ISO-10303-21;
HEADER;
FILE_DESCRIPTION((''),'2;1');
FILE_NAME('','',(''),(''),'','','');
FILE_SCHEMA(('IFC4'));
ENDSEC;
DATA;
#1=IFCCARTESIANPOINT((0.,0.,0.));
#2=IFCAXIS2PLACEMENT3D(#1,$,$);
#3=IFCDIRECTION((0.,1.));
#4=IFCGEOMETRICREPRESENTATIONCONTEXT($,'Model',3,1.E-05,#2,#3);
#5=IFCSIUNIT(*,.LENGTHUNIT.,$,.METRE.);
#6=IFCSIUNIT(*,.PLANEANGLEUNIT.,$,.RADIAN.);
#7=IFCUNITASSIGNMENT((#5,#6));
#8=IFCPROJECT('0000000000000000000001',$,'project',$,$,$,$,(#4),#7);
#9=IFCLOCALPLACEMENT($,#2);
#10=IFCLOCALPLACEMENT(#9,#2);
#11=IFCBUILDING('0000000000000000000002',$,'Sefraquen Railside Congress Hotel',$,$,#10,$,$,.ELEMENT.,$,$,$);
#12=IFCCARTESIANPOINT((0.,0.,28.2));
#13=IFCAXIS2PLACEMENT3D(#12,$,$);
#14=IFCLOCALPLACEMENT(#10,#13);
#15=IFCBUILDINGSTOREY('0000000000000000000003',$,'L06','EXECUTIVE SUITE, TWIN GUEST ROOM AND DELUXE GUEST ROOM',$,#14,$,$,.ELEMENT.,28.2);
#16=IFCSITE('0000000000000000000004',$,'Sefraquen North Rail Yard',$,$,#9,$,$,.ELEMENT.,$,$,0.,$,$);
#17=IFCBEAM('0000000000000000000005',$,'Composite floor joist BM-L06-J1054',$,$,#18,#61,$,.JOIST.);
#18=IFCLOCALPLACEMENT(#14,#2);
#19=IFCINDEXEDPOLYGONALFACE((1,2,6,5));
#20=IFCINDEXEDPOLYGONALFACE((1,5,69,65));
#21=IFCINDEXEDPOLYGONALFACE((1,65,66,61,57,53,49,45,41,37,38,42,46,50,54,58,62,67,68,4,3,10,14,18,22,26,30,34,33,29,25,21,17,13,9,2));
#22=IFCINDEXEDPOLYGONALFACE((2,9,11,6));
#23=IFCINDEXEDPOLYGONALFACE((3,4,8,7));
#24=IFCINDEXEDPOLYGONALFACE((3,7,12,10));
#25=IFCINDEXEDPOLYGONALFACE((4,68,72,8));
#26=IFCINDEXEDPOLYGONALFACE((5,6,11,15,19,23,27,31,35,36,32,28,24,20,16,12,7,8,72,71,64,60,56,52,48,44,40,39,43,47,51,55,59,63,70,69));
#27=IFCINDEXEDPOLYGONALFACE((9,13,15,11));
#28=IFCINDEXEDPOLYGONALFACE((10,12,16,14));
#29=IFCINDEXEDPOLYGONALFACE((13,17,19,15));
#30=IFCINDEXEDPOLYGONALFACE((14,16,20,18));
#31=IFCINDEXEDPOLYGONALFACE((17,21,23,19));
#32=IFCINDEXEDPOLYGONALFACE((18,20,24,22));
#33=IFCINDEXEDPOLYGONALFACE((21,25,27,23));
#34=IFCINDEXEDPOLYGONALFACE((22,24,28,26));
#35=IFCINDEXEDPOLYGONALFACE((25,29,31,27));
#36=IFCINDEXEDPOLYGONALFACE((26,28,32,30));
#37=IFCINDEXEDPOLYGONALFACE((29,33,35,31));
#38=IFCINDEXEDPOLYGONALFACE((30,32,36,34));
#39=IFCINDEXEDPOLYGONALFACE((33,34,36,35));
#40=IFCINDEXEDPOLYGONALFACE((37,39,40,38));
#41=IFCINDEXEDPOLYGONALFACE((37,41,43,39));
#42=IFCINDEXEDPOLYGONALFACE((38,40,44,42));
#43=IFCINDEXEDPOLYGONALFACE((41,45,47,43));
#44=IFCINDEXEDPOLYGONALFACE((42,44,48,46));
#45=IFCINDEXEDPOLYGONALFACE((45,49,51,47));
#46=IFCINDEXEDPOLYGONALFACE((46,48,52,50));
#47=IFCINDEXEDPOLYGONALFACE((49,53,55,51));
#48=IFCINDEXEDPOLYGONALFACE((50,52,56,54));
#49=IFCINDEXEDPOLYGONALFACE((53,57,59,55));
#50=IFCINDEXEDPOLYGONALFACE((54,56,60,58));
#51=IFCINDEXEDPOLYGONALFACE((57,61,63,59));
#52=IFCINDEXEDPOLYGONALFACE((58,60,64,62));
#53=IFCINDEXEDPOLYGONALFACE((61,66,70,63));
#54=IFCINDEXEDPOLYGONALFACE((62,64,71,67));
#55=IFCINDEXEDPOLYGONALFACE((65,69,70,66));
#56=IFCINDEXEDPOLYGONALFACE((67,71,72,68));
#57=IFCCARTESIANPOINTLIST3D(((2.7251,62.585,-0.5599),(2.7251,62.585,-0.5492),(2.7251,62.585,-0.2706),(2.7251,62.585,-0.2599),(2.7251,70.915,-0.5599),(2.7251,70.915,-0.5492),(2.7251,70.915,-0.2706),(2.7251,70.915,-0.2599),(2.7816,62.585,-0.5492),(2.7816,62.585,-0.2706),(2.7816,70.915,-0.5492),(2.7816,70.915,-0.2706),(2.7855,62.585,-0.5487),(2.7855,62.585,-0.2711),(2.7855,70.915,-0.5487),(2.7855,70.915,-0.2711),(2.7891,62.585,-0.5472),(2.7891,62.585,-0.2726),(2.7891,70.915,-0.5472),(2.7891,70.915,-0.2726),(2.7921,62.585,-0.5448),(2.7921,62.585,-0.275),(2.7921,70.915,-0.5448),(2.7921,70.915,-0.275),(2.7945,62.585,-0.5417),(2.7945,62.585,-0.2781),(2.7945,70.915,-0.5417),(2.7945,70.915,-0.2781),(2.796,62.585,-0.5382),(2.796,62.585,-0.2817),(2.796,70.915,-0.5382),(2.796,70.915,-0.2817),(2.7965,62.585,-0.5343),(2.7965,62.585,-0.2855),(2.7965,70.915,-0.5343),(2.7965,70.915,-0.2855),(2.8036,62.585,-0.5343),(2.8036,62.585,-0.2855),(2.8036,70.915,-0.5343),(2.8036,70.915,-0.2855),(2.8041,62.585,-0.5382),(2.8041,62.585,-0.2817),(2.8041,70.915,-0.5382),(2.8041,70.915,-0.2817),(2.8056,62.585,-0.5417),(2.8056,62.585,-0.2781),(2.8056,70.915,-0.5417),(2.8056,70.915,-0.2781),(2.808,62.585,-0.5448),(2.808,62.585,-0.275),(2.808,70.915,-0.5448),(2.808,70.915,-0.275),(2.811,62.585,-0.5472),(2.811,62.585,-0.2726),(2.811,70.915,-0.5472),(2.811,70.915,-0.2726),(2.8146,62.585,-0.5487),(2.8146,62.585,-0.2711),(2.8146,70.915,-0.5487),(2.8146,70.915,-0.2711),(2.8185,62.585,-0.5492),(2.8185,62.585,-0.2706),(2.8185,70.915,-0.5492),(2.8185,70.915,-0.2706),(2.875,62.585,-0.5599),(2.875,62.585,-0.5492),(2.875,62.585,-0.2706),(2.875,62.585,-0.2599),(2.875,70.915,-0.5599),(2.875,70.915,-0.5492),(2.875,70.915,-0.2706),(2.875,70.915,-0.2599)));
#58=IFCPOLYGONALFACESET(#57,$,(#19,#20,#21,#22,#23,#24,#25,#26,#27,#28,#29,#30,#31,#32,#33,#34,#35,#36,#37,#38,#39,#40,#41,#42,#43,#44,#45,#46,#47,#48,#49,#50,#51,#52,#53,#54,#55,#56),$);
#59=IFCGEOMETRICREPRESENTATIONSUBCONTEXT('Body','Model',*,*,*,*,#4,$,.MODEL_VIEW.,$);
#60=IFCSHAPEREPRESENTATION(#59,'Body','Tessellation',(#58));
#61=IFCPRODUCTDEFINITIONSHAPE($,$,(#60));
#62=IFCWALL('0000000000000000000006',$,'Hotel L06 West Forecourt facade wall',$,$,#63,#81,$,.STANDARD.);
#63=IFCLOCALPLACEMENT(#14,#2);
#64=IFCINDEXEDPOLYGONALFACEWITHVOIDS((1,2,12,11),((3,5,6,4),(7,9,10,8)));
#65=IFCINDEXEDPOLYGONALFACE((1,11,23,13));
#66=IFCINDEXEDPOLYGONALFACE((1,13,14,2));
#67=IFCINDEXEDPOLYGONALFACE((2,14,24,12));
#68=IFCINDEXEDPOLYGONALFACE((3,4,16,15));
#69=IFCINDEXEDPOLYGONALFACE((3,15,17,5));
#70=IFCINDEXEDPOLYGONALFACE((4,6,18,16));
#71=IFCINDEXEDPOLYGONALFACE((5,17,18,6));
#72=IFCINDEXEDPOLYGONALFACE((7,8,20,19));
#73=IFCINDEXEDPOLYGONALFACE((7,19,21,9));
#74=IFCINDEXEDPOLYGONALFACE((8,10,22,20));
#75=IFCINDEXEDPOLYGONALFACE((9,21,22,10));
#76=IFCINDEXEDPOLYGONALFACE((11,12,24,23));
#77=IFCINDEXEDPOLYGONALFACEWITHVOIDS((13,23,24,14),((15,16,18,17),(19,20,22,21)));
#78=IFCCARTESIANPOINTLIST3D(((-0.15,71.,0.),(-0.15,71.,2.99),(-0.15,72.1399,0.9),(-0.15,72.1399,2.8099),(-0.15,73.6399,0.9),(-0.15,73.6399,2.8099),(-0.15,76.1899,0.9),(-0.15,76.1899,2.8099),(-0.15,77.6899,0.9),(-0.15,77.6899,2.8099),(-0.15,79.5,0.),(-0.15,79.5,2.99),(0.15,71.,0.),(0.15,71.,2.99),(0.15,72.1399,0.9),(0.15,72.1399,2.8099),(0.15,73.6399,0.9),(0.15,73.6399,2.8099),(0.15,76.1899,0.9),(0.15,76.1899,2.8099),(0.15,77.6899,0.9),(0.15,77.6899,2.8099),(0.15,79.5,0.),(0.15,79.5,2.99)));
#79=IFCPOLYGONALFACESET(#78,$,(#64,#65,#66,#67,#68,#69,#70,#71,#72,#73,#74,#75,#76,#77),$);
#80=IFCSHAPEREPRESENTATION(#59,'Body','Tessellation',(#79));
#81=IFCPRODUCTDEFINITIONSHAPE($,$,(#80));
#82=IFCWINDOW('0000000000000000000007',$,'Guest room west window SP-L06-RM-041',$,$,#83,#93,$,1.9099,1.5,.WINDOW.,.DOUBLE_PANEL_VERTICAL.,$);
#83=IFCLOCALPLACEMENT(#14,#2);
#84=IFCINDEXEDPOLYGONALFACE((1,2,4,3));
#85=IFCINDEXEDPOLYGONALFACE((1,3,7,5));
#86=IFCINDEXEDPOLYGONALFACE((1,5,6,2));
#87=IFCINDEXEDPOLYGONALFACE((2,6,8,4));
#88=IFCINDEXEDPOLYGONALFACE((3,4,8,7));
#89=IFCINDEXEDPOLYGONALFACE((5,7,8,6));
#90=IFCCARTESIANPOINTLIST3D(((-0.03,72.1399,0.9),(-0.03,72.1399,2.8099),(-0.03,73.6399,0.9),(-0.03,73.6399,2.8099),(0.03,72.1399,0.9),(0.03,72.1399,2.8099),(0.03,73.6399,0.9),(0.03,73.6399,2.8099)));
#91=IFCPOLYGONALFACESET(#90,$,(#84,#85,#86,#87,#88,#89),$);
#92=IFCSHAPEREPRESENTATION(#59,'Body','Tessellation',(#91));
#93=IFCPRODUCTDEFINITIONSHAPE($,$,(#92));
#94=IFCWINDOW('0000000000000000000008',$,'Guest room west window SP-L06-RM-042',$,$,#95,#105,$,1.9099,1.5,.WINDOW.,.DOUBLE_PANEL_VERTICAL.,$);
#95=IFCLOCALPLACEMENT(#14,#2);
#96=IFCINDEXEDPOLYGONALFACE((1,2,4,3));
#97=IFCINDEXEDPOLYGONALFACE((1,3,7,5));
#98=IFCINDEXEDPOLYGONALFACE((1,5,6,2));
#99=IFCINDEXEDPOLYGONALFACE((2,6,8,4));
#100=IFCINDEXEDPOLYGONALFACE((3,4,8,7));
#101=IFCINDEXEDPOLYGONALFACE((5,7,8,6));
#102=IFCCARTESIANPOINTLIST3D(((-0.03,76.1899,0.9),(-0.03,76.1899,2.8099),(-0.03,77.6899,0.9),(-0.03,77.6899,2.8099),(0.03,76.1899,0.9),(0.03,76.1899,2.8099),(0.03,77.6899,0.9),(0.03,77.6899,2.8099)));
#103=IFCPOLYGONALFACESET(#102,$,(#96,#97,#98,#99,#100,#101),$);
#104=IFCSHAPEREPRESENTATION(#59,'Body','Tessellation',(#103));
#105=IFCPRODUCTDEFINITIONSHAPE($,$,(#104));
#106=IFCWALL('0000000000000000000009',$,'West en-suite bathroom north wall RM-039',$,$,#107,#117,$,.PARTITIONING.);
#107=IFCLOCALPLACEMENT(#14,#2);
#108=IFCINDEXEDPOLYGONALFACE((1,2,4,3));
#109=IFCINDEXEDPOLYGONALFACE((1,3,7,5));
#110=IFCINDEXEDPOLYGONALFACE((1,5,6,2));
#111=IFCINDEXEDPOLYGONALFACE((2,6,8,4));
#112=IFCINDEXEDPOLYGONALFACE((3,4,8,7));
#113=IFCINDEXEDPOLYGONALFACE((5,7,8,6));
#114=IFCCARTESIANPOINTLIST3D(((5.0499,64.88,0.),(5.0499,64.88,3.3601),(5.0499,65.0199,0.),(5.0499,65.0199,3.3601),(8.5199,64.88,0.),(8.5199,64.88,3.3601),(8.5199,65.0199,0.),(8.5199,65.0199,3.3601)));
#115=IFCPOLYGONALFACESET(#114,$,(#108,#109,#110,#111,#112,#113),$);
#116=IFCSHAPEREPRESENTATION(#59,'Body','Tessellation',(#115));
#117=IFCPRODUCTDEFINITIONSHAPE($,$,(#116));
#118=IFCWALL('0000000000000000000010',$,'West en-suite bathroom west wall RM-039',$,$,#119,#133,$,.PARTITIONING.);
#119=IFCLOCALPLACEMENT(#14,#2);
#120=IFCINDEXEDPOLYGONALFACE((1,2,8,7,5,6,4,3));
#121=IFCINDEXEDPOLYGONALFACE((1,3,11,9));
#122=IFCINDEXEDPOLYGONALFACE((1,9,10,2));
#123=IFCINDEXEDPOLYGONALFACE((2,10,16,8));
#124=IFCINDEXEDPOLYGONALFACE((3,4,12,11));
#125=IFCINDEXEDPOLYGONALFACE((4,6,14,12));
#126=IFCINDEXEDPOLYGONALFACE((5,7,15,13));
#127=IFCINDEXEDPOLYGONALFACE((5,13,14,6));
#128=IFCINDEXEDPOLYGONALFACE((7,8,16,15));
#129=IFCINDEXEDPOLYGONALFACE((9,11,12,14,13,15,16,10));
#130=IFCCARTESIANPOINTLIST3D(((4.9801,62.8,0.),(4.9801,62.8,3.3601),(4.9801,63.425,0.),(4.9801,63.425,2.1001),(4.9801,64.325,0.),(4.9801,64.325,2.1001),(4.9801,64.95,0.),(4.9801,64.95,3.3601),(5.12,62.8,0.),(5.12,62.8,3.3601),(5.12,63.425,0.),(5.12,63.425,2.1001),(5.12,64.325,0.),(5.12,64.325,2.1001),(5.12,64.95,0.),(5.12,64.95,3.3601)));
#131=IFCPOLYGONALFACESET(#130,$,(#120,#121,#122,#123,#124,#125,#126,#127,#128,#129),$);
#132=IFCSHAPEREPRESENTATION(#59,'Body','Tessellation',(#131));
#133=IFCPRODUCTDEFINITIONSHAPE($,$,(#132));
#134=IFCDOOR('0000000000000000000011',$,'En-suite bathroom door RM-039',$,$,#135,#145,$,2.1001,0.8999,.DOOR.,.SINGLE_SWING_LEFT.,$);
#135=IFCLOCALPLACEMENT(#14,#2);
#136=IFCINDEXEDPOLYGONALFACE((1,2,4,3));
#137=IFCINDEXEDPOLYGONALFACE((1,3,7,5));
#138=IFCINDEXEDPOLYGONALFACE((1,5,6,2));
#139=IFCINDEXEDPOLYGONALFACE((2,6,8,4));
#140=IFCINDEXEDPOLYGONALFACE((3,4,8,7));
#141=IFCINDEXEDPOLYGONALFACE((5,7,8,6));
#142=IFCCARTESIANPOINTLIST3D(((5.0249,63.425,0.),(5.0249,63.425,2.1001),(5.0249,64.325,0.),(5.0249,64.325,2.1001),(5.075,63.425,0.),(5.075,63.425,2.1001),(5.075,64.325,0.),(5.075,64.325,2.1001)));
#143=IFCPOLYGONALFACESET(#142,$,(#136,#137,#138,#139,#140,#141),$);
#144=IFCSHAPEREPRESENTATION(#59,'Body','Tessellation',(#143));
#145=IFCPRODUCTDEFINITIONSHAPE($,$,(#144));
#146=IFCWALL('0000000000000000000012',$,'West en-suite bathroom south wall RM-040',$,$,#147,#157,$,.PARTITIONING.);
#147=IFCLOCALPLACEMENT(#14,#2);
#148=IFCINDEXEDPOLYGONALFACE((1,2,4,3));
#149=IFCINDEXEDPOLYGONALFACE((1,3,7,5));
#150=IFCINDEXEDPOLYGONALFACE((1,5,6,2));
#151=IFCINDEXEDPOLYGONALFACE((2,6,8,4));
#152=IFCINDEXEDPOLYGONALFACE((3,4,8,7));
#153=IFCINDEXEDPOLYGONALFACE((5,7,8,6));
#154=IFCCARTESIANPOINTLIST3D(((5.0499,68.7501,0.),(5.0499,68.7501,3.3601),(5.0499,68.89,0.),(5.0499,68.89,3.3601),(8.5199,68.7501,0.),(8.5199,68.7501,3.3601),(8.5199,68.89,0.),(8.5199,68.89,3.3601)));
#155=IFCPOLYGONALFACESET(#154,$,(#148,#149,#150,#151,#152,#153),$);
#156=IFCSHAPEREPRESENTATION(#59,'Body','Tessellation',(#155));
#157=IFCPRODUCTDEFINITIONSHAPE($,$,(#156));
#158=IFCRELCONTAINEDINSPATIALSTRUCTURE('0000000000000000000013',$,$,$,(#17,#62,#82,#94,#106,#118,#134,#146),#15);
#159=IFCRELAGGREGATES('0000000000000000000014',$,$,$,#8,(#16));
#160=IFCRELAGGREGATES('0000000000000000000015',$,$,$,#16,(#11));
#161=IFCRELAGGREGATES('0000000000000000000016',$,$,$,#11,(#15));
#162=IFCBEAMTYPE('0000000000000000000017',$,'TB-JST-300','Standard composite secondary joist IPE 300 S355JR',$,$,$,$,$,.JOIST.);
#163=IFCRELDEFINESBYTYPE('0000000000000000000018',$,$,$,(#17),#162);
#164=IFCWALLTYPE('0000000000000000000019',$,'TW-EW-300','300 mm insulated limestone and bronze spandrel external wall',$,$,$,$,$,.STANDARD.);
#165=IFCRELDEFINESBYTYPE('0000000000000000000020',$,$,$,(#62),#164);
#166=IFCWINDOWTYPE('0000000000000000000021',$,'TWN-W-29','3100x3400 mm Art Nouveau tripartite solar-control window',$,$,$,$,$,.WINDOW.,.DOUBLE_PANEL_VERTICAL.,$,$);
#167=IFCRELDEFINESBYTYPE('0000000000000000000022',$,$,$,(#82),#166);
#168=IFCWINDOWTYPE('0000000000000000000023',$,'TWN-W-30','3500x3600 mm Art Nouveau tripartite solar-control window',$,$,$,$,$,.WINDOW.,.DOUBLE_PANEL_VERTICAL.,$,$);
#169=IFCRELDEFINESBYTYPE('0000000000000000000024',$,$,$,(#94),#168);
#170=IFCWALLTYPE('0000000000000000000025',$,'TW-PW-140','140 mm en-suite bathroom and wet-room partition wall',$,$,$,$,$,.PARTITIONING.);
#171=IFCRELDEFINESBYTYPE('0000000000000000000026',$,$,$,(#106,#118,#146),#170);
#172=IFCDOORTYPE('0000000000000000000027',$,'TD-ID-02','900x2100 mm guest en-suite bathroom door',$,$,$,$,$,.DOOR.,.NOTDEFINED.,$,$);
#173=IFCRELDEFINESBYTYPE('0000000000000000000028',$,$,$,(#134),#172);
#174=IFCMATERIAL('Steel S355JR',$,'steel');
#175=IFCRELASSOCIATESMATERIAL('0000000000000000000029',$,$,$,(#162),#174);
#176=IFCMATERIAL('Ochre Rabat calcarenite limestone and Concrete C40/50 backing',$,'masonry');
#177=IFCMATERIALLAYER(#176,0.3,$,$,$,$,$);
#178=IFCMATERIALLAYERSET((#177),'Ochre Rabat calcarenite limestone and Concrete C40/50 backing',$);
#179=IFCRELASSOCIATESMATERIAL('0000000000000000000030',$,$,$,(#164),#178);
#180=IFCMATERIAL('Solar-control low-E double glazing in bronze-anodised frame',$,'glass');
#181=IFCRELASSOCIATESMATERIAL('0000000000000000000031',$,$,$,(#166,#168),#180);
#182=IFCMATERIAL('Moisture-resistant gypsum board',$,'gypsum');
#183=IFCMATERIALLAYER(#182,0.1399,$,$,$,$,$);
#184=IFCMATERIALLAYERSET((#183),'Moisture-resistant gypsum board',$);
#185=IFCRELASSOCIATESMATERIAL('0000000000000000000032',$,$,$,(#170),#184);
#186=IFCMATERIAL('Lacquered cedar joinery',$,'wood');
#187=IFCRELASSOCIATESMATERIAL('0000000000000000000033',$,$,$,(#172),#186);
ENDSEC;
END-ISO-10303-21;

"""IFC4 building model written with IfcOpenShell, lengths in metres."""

from ifc_helpers import new_model, si_unit, direction, frame, frame_2d, origin, origin_2d, place, context, subcontext, project, spatial, rectangle, i_section, extrude, material, layer, layer_set, material_profile, profile_set, type_object, element, fill, save


model = new_model("IFC4")

# Units and contexts
model_context = context("Model", 3, precision=1e-05, world=origin(), true_north=direction((0.0, 1.0)))
body_context = subcontext(model_context, "Body", "Model", "MODEL_VIEW")
ifc_project = project(units=[si_unit("LENGTHUNIT", "METRE"), si_unit("PLANEANGLEUNIT", "RADIAN")], contexts=[model_context])

# Site, building, storey
site_placement = place(None, origin())
site = spatial("IfcSite", under=ifc_project, at=site_placement, Name="Sefraquen North Rail Yard", CompositionType="ELEMENT", RefElevation=0.0)
building_placement = place(site_placement, origin())
building = spatial("IfcBuilding", under=site, at=building_placement, Name="Sefraquen Railside Congress Hotel", CompositionType="ELEMENT")
storey_placement = place(building_placement, frame((0.0, 0.0, 28.2)))
storey = spatial("IfcBuildingStorey", under=building, at=storey_placement, Name="L06", Description="EXECUTIVE SUITE, TWIN GUEST ROOM AND DELUXE GUEST ROOM", CompositionType="ELEMENT", Elevation=28.2)

# Shared definitions
ifc_material_1 = material(Name="Steel S355JR", Category="steel")

# Beam
ifc_material_profile_1 = material_profile(ifc_material_1, i_section(OverallWidth=0.1499, OverallDepth=0.3, WebThickness=0.0071, FlangeThickness=0.0107, FilletRadius=0.0149, at=origin_2d()), Name="IPE 300")
ifc_profile_set_1 = profile_set([ifc_material_profile_1], Name="Steel S355JR")
beam_type_1 = type_object("IfcBeamType", Name="TB-JST-300", Description="Standard composite secondary joist IPE 300 S355JR", PredefinedType="JOIST", material=ifc_profile_set_1)
beam_1_placement = place(storey_placement, frame((2.8, 62.585, -0.4099), z_axis=(0.0, 1.0, 0.0), x_axis=(-1.0, 0.0, 0.0)))
element("IfcBeam", 1, at=beam_1_placement, inside=storey, type_object=beam_type_1, Name="Composite floor joist BM-L06-J1054", PredefinedType="JOIST", context=body_context, shape_type="SweptSolid", body=[
    extrude(i_section(OverallWidth=0.1499, OverallDepth=0.3, WebThickness=0.0071, FlangeThickness=0.0107, FilletRadius=0.0149, at=origin_2d()), origin(), (0.0, 0.0, 1.0), 8.3301),
])

# Wall, openings, windows
ifc_material_2 = material(Name="Ochre Rabat calcarenite limestone and Concrete C40/50 backing", Category="masonry")
ifc_layer_1 = layer(ifc_material_2, 0.3)
ifc_layer_set_1 = layer_set([ifc_layer_1], Name="Ochre Rabat calcarenite limestone and Concrete C40/50 backing")
wall_type_1 = type_object("IfcWallType", Name="TW-EW-300", Description="300 mm insulated limestone and bronze spandrel external wall", PredefinedType="STANDARD", material=ifc_layer_set_1)
wall_1_placement = place(storey_placement, frame((0.0, 71.0, 0.0), z_axis=(0.0, 0.0, 1.0), x_axis=(0.0, 1.0, 0.0)))
wall_1 = element("IfcWall", 2, at=wall_1_placement, inside=storey, type_object=wall_type_1, Name="Hotel L06 West Forecourt facade wall", PredefinedType="STANDARD", context=body_context, shape_type="SweptSolid", body=[
    extrude(rectangle(XDim=8.5, YDim=0.3, at=frame_2d((4.25, 0.0))), origin(), (0.0, 0.0, 1.0), 2.99),
])
opening_1_placement = place(wall_1_placement, frame((1.1399, 0.0, 0.8999)))
opening_1 = element("IfcOpeningElement", 3, at=opening_1_placement, cuts=wall_1, PredefinedType="OPENING", context=body_context, shape_type="SweptSolid", body=[
    extrude(rectangle(XDim=1.5, YDim=1.9099, at=frame_2d((0.75, 0.9551))), frame((0.0, 0.1599, 0.0), z_axis=(0.0, -1.0, 0.0), x_axis=(1.0, 0.0, 0.0)), (0.0, 0.0, 1.0), 0.3201),
])
opening_2_placement = place(wall_1_placement, frame((5.1899, 0.0, 0.8999)))
opening_2 = element("IfcOpeningElement", 4, at=opening_2_placement, cuts=wall_1, PredefinedType="OPENING", context=body_context, shape_type="SweptSolid", body=[
    extrude(rectangle(XDim=1.5, YDim=1.9099, at=frame_2d((0.75, 0.9551))), frame((0.0, 0.1599, 0.0), z_axis=(0.0, -1.0, 0.0), x_axis=(1.0, 0.0, 0.0)), (0.0, 0.0, 1.0), 0.3201),
])
ifc_material_3 = material(Name="Solar-control low-E double glazing in bronze-anodised frame", Category="glass")
window_type_1 = type_object("IfcWindowType", Name="TWN-W-29", Description="3100x3400 mm Art Nouveau tripartite solar-control window", PartitioningType="DOUBLE_PANEL_VERTICAL", PredefinedType="WINDOW", material=ifc_material_3)
window_1_placement = place(opening_1_placement, origin())
window_1 = element("IfcWindow", 5, at=window_1_placement, inside=storey, type_object=window_type_1, Name="Guest room west window SP-L06-RM-041", OverallHeight=1.9099, OverallWidth=1.5, PartitioningType="DOUBLE_PANEL_VERTICAL", PredefinedType="WINDOW", context=body_context, shape_type="SweptSolid", body=[
    extrude(rectangle(XDim=1.5, YDim=1.9099, at=frame_2d((0.75, 0.9551))), frame((0.0, 0.03, 0.0), z_axis=(0.0, -1.0, 0.0), x_axis=(1.0, 0.0, 0.0)), (0.0, 0.0, 1.0), 0.0601),
])
fill(opening_1, window_1)
window_type_2 = type_object("IfcWindowType", Name="TWN-W-30", Description="3500x3600 mm Art Nouveau tripartite solar-control window", PartitioningType="DOUBLE_PANEL_VERTICAL", PredefinedType="WINDOW", material=ifc_material_3)
window_2_placement = place(opening_2_placement, origin())
window_2 = element("IfcWindow", 6, at=window_2_placement, inside=storey, type_object=window_type_2, Name="Guest room west window SP-L06-RM-042", OverallHeight=1.9099, OverallWidth=1.5, PartitioningType="DOUBLE_PANEL_VERTICAL", PredefinedType="WINDOW", context=body_context, shape_type="SweptSolid", body=[
    extrude(rectangle(XDim=1.5, YDim=1.9099, at=frame_2d((0.75, 0.9551))), frame((0.0, 0.03, 0.0), z_axis=(0.0, -1.0, 0.0), x_axis=(1.0, 0.0, 0.0)), (0.0, 0.0, 1.0), 0.0601),
])
fill(opening_2, window_2)

# Wall
ifc_material_4 = material(Name="Moisture-resistant gypsum board", Category="gypsum")
ifc_layer_2 = layer(ifc_material_4, 0.1399)
ifc_layer_set_2 = layer_set([ifc_layer_2], Name="Moisture-resistant gypsum board")
wall_type_2 = type_object("IfcWallType", Name="TW-PW-140", Description="140 mm en-suite bathroom and wet-room partition wall", PredefinedType="PARTITIONING", material=ifc_layer_set_2)
wall_2_placement = place(storey_placement, frame((5.05, 64.95, 0.0), z_axis=(0.0, 0.0, 1.0), x_axis=(1.0, 0.0, 0.0)))
element("IfcWall", 7, at=wall_2_placement, inside=storey, type_object=wall_type_2, Name="West en-suite bathroom north wall RM-039", PredefinedType="PARTITIONING", context=body_context, shape_type="SweptSolid", body=[
    extrude(rectangle(XDim=3.47, YDim=0.1399, at=frame_2d((1.7349, 0.0))), origin(), (0.0, 0.0, 1.0), 3.3601),
])

# Wall, opening, door
wall_3_placement = place(storey_placement, frame((5.05, 62.8, 0.0), z_axis=(0.0, 0.0, 1.0), x_axis=(0.0, 1.0, 0.0)))
wall_3 = element("IfcWall", 8, at=wall_3_placement, inside=storey, type_object=wall_type_2, Name="West en-suite bathroom west wall RM-039", PredefinedType="PARTITIONING", context=body_context, shape_type="SweptSolid", body=[
    extrude(rectangle(XDim=2.1499, YDim=0.1399, at=frame_2d((1.075, 0.0))), origin(), (0.0, 0.0, 1.0), 3.3601),
])
opening_3_placement = place(wall_3_placement, frame((0.625, 0.0, 0.0)))
opening_3 = element("IfcOpeningElement", 9, at=opening_3_placement, cuts=wall_3, PredefinedType="OPENING", context=body_context, shape_type="SweptSolid", body=[
    extrude(rectangle(XDim=0.8999, YDim=2.1001, at=frame_2d((0.45, 1.05))), frame((0.0, 0.0798, 0.0), z_axis=(0.0, -1.0, 0.0), x_axis=(1.0, 0.0, 0.0)), (0.0, 0.0, 1.0), 0.1599),
])
ifc_material_5 = material(Name="Lacquered cedar joinery", Category="wood")
door_type = type_object("IfcDoorType", Name="TD-ID-02", Description="900x2100 mm guest en-suite bathroom door", OperationType="NOTDEFINED", PredefinedType="DOOR", material=ifc_material_5)
door_1_placement = place(opening_3_placement, frame((0.8999, 0.0, 0.0), z_axis=(0.0, 0.0, 1.0), x_axis=(-1.0, 0.0, 0.0)))
door_1 = element("IfcDoor", 10, at=door_1_placement, inside=storey, type_object=door_type, Name="En-suite bathroom door RM-039", OperationType="SINGLE_SWING_LEFT", OverallHeight=2.1001, OverallWidth=0.8999, PredefinedType="DOOR", context=body_context, shape_type="SweptSolid", body=[
    extrude(rectangle(XDim=0.8999, YDim=2.1001, at=frame_2d((0.45, 1.05))), frame((0.0, 0.0249, 0.0), z_axis=(0.0, -1.0, 0.0), x_axis=(1.0, 0.0, 0.0)), (0.0, 0.0, 1.0), 0.05),
])
fill(opening_3, door_1)

# Wall
wall_4_placement = place(storey_placement, frame((5.05, 68.8201, 0.0), z_axis=(0.0, 0.0, 1.0), x_axis=(1.0, 0.0, 0.0)))
element("IfcWall", 11, at=wall_4_placement, inside=storey, type_object=wall_type_2, Name="West en-suite bathroom south wall RM-040", PredefinedType="PARTITIONING", context=body_context, shape_type="SweptSolid", body=[
    extrude(rectangle(XDim=3.47, YDim=0.1399, at=frame_2d((1.7349, 0.0))), origin(), (0.0, 0.0, 1.0), 3.3601),
])

save(model, "model.ifc")
